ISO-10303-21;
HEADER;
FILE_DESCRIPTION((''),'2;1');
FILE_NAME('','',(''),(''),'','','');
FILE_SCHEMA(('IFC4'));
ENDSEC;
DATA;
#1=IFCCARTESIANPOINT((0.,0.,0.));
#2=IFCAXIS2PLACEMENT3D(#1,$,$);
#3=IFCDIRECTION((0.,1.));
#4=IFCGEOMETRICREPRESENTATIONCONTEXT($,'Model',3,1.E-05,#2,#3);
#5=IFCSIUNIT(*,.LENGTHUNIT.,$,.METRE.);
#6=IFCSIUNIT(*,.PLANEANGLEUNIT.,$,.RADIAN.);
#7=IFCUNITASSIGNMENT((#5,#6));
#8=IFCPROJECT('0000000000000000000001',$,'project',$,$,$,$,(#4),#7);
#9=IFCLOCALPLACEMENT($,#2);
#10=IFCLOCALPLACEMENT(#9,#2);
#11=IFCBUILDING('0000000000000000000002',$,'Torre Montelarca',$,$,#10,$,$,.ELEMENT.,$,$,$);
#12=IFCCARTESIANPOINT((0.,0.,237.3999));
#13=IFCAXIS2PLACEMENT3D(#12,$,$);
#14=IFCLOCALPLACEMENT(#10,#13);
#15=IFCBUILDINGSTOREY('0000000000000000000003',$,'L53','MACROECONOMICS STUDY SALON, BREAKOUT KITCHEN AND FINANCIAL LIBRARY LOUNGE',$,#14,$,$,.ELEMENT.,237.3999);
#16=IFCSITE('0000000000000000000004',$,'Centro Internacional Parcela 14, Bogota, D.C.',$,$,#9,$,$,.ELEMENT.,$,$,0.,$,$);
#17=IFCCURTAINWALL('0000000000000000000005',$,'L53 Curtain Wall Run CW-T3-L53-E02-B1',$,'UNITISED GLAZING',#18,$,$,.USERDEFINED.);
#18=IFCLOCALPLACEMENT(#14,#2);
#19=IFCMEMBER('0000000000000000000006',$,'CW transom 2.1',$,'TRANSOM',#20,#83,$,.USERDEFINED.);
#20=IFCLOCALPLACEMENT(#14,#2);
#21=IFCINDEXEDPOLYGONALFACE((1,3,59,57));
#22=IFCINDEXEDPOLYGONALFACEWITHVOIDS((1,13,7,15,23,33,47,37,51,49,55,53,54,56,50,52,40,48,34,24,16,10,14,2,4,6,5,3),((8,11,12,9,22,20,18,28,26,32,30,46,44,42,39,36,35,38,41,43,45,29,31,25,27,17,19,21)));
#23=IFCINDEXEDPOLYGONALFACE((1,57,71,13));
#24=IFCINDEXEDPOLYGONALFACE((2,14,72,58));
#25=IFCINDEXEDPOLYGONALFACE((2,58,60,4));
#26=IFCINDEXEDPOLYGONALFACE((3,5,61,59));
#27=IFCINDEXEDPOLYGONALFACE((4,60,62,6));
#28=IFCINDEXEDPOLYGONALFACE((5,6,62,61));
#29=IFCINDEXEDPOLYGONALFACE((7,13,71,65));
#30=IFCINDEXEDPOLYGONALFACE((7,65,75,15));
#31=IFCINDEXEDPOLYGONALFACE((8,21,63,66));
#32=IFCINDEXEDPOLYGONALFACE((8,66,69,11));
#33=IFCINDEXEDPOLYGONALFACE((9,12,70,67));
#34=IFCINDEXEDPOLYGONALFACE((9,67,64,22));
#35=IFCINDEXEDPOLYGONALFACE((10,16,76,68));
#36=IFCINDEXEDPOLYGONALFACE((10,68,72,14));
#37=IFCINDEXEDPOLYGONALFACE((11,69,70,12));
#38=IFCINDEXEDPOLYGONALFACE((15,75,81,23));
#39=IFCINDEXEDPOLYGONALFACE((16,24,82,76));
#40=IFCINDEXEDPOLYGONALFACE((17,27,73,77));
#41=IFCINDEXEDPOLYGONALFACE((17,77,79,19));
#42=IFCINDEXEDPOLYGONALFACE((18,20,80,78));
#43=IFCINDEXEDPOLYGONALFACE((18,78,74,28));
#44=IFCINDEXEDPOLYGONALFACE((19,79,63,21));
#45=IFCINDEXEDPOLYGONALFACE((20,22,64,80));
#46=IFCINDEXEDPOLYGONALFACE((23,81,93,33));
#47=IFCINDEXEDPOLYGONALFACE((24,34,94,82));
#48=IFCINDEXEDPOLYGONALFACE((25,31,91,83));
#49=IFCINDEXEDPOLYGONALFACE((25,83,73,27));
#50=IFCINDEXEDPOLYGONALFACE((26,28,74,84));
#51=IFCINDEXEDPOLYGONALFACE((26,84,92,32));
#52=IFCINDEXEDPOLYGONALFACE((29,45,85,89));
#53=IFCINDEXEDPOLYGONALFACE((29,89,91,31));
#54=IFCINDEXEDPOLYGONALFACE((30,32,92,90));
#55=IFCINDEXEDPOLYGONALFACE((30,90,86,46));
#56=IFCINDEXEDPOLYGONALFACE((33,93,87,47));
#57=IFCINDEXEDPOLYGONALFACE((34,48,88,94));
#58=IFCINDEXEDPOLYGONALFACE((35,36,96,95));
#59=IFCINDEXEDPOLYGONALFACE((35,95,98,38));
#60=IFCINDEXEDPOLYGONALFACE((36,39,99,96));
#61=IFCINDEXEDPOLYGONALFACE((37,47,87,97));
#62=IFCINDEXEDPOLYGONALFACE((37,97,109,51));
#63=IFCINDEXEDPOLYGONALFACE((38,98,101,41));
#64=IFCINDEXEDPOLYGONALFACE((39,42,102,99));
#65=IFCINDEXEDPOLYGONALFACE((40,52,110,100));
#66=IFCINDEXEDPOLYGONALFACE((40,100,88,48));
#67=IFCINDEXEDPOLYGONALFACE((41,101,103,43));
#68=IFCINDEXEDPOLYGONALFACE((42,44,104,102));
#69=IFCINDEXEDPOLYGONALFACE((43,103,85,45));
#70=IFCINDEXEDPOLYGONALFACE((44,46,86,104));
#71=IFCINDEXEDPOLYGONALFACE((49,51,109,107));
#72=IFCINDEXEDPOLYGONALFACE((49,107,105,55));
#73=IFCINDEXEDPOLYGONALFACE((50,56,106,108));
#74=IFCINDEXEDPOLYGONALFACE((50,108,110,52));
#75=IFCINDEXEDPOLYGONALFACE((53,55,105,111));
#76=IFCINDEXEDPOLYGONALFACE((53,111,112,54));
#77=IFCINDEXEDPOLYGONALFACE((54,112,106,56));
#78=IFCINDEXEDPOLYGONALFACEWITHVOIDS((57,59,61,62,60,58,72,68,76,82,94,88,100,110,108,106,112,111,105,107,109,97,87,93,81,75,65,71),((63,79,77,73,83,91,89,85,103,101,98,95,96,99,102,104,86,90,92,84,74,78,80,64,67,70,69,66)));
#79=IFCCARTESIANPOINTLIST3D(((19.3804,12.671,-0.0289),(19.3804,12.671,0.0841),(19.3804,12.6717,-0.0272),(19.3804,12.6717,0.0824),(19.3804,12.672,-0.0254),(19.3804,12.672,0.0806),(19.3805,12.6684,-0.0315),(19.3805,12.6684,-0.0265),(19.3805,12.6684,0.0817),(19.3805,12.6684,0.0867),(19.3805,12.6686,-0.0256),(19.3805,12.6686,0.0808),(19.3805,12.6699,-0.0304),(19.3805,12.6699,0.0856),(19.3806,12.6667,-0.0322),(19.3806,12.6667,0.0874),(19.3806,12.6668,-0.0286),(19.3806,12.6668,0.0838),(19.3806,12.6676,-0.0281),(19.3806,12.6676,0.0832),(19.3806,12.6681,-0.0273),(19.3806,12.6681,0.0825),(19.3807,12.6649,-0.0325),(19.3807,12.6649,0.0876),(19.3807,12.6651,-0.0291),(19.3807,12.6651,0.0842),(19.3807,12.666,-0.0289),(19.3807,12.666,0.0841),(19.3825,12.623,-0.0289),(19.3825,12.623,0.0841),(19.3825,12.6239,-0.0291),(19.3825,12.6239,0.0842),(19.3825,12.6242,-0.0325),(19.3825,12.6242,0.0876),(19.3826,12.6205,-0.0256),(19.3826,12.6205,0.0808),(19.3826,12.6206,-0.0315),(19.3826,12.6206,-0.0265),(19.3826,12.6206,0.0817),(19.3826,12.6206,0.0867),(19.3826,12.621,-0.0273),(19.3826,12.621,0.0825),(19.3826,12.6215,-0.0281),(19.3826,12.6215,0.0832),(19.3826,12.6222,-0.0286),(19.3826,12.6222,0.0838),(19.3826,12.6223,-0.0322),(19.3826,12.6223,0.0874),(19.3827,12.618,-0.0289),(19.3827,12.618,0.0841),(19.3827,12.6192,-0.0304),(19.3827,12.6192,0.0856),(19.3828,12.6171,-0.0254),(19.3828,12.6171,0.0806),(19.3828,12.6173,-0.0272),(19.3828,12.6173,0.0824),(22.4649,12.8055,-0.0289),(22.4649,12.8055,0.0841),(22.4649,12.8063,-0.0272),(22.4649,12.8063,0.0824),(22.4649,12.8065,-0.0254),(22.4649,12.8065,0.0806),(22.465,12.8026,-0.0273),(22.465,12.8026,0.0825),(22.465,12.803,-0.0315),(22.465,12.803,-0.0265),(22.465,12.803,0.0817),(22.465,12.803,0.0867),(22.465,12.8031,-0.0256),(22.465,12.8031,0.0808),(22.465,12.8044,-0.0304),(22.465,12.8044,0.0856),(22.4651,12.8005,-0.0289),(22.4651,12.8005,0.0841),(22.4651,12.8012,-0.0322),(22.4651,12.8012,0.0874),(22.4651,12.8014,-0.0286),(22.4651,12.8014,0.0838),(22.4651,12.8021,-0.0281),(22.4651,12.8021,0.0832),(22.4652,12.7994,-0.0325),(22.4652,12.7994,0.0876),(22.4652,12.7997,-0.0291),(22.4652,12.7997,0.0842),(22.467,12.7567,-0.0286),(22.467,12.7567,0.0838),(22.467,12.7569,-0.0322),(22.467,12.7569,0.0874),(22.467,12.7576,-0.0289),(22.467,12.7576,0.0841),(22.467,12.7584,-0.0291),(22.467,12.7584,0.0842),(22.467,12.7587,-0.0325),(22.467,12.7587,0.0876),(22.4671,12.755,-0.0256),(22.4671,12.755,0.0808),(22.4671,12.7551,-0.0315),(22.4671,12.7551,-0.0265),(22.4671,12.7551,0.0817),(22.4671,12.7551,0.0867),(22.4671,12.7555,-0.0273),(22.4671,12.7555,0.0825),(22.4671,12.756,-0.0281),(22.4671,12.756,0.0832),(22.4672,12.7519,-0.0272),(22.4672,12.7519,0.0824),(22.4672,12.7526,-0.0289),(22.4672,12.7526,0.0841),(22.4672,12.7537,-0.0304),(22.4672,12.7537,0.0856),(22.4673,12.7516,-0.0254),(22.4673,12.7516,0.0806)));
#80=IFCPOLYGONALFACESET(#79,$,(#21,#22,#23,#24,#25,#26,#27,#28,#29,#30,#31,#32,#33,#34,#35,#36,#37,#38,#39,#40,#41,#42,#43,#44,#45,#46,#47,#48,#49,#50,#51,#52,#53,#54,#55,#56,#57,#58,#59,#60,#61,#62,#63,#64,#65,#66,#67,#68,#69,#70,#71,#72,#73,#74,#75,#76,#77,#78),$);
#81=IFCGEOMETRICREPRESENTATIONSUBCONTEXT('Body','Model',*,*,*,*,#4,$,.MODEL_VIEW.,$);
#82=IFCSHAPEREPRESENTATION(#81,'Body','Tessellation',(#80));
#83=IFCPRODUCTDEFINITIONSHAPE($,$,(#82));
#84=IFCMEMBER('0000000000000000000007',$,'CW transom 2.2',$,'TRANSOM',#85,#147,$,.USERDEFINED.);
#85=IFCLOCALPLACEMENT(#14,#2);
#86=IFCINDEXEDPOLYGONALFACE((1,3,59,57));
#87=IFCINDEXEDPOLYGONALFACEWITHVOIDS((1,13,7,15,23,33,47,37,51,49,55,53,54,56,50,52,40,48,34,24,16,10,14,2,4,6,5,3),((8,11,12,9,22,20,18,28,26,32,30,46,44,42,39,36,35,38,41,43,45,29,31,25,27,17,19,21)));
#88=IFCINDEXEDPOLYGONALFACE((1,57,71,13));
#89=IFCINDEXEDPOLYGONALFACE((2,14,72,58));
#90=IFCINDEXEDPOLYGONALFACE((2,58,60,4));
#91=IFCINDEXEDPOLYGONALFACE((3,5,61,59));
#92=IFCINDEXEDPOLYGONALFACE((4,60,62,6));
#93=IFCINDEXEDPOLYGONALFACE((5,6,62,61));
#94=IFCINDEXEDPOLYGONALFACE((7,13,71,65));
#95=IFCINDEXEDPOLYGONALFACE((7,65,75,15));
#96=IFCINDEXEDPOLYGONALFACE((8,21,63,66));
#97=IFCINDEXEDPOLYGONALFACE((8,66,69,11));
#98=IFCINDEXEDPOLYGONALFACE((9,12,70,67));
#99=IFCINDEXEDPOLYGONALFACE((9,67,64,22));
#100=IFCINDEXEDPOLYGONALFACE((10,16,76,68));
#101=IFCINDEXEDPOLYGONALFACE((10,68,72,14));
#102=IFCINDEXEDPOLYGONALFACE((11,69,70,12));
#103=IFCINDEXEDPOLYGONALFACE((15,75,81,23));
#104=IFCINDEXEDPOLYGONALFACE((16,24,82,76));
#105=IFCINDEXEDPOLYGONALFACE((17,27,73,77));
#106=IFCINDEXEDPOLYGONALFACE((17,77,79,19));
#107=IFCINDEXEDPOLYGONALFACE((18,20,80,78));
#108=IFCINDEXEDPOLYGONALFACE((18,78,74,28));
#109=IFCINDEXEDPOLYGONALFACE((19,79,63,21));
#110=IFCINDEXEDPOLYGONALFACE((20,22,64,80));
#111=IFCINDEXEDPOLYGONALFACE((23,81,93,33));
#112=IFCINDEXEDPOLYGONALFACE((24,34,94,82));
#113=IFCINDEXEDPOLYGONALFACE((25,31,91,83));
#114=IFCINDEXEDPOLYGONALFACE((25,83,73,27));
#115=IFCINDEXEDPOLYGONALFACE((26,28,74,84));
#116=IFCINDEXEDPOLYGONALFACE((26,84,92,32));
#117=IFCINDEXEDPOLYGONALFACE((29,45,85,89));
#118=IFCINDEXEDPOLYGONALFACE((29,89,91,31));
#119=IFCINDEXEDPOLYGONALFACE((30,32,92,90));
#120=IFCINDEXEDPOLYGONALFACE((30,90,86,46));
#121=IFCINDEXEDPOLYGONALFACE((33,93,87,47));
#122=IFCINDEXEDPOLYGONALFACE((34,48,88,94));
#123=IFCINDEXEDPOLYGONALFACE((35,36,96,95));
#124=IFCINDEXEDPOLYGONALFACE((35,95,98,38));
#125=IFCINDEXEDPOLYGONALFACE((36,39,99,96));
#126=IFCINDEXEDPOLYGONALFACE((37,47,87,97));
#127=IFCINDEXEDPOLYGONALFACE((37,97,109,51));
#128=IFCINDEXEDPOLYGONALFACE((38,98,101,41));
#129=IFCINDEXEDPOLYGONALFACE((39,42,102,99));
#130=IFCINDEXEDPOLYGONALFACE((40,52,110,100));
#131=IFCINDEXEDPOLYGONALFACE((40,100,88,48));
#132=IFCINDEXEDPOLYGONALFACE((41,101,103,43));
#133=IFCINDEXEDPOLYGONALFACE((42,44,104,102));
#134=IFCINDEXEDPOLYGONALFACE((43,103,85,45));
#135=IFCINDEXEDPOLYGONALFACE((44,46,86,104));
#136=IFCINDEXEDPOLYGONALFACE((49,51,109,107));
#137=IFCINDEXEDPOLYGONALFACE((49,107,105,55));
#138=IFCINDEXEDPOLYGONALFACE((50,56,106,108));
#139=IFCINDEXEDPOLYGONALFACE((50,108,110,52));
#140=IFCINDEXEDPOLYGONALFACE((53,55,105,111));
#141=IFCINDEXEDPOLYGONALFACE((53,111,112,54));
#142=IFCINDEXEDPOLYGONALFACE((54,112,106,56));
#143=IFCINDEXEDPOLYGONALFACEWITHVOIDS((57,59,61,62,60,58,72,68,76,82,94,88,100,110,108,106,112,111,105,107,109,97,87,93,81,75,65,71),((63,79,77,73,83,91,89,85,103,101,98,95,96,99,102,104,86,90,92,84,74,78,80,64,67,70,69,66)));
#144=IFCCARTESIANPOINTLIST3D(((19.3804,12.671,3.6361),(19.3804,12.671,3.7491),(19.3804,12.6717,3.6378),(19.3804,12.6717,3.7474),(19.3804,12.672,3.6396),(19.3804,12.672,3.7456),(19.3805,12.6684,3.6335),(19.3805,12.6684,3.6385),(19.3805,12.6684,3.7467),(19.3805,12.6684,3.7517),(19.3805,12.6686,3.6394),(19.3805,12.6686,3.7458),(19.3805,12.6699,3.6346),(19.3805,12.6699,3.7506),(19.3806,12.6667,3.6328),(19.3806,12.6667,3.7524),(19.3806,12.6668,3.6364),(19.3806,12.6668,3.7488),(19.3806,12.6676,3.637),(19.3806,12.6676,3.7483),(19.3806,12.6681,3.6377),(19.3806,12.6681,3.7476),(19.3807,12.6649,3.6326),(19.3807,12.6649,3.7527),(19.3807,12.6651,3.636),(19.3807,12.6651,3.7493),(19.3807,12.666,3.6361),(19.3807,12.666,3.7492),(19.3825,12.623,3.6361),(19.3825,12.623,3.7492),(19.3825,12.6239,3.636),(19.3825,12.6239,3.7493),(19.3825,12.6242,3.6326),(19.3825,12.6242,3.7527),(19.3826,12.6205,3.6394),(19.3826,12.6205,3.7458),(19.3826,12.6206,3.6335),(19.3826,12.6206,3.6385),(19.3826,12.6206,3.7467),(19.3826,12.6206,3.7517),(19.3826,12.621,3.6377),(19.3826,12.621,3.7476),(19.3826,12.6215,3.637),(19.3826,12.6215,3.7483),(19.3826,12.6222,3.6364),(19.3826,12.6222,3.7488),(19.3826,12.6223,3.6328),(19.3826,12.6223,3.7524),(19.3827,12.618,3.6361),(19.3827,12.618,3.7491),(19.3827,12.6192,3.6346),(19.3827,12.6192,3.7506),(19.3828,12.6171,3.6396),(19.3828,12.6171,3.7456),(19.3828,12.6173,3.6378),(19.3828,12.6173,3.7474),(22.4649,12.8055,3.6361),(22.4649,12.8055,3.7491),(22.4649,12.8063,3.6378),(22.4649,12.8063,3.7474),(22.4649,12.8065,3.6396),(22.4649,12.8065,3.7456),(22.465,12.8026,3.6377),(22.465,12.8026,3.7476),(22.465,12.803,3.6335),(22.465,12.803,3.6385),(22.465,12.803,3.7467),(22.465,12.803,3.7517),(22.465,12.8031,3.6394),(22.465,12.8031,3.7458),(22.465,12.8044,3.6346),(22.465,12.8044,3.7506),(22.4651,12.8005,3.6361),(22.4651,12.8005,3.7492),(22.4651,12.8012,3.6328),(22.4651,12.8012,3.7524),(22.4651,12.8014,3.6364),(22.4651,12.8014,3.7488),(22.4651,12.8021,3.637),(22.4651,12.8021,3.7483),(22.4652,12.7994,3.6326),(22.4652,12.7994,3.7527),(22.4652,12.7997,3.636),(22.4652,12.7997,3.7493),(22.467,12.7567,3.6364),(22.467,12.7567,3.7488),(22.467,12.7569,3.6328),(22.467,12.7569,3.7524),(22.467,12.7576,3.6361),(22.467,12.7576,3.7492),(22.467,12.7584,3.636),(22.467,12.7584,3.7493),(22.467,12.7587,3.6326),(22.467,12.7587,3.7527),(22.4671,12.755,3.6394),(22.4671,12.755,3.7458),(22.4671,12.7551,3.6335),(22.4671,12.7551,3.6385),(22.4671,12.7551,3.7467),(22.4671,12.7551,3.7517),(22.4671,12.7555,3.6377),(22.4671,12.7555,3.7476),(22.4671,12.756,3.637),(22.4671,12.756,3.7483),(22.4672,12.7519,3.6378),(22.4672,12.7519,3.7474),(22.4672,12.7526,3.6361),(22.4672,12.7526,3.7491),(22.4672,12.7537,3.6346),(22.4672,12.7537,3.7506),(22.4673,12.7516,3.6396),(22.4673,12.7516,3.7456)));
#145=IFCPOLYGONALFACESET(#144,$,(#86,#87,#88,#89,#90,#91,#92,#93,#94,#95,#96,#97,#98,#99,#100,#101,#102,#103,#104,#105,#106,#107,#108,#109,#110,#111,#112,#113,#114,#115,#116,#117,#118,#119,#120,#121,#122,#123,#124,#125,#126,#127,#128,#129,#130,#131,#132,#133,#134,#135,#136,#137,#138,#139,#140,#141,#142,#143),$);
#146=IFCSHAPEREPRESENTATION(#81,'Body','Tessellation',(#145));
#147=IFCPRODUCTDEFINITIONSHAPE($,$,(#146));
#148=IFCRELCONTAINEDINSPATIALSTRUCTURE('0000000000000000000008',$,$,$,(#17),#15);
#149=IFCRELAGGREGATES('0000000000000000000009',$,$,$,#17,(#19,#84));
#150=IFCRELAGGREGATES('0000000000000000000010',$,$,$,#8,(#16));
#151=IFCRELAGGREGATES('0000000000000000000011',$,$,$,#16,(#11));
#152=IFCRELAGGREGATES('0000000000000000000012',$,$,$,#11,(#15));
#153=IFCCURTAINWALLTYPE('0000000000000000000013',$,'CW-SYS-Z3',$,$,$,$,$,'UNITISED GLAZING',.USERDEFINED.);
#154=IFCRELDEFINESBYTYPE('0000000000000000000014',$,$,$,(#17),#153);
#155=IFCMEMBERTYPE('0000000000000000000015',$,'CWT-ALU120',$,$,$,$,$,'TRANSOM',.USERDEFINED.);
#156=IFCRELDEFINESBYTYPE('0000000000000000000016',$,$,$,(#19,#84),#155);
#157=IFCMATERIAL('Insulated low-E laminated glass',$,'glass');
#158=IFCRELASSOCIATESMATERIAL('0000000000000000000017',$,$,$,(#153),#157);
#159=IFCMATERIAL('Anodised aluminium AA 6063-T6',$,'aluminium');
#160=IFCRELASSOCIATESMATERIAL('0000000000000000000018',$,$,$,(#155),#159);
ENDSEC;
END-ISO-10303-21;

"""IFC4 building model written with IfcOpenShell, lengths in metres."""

from ifc_helpers import new_model, si_unit, direction, frame, origin, origin_2d, place, context, subcontext, project, spatial, hollow_rectangle, extrude, source, transform, mapped, material, material_profile, profile_set, type_object, element, aggregate, save


model = new_model("IFC4")

# Units and contexts
model_context = context("Model", 3, precision=1e-05, world=origin(), true_north=direction((0.0, 1.0)))
body_context = subcontext(model_context, "Body", "Model", "MODEL_VIEW")
ifc_project = project(units=[si_unit("LENGTHUNIT", "METRE"), si_unit("PLANEANGLEUNIT", "RADIAN")], contexts=[model_context])

# Site, building, storey
site_placement = place(None, origin())
site = spatial("IfcSite", under=ifc_project, at=site_placement, Name="Centro Internacional Parcela 14, Bogota, D.C.", CompositionType="ELEMENT", RefElevation=0.0)
building_placement = place(site_placement, origin())
building = spatial("IfcBuilding", under=site, at=building_placement, Name="Torre Montelarca", CompositionType="ELEMENT")
storey_placement = place(building_placement, frame((0.0, 0.0, 237.3999)))
storey = spatial("IfcBuildingStorey", under=building, at=storey_placement, Name="L53", Description="MACROECONOMICS STUDY SALON, BREAKOUT KITCHEN AND FINANCIAL LIBRARY LOUNGE", CompositionType="ELEMENT", Elevation=237.3999)

# Curtain wall, members
ifc_material_1 = material(Name="Insulated low-E laminated glass", Category="glass")
curtain_wall_type = type_object("IfcCurtainWallType", Name="CW-SYS-Z3", ElementType="UNITISED GLAZING", PredefinedType="USERDEFINED", material=ifc_material_1)
curtain_wall_1_placement = place(storey_placement, origin())
curtain_wall_1 = element("IfcCurtainWall", 1, at=curtain_wall_1_placement, inside=storey, type_object=curtain_wall_type, Name="L53 Curtain Wall Run CW-T3-L53-E02-B1", ObjectType="UNITISED GLAZING", PredefinedType="USERDEFINED")
ifc_material_2 = material(Name="Anodised aluminium AA 6063-T6", Category="aluminium")
ifc_material_profile_1 = material_profile(ifc_material_2, hollow_rectangle(XDim=0.0549, YDim=0.1201, WallThickness=0.0034, InnerFilletRadius=0.0034, OuterFilletRadius=0.0071, at=origin_2d()), Name="ALU55X120X3.5", Category="aluminium")
ifc_profile_set_1 = profile_set([ifc_material_profile_1], Name="Anodised aluminium AA 6063-T6")
member_type_1 = type_object("IfcMemberType", Name="CWT-ALU120", ElementType="TRANSOM", PredefinedType="USERDEFINED", material=ifc_profile_set_1)
shared_shape_1 = source(origin(), body_context, "Body", "SweptSolid", [
    extrude(hollow_rectangle(XDim=0.0549, YDim=0.1201, WallThickness=0.0034, InnerFilletRadius=0.0034, OuterFilletRadius=0.0071, at=origin_2d()), origin(), (0.0, 0.0, 1.0), 3.0874),
])
member_1_placement = place(storey_placement, frame((19.3816, 12.6445, 0.0276), z_axis=(0.99905, 0.043571, 0.0), x_axis=(-0.043571, 0.99905, 0.0)))
member_1 = element("IfcMember", 2, at=member_1_placement, type_object=member_type_1, Name="CW transom 2.1", ObjectType="TRANSOM", PredefinedType="USERDEFINED", context=body_context, shape_type="MappedRepresentation", body=[
    mapped(shared_shape_1, transform((0.0, 0.0, 0.0), scale=1.0)),
])
member_2_placement = place(storey_placement, frame((19.3816, 12.6445, 3.6926), z_axis=(0.99905, 0.043571, 0.0), x_axis=(-0.043571, 0.99905, 0.0)))
member_2 = element("IfcMember", 3, at=member_2_placement, type_object=member_type_1, Name="CW transom 2.2", ObjectType="TRANSOM", PredefinedType="USERDEFINED", context=body_context, shape_type="MappedRepresentation", body=[
    mapped(shared_shape_1, transform((0.0, 0.0, 0.0), scale=1.0)),
])

aggregate(curtain_wall_1, [member_1, member_2])

save(model, "model.ifc")
